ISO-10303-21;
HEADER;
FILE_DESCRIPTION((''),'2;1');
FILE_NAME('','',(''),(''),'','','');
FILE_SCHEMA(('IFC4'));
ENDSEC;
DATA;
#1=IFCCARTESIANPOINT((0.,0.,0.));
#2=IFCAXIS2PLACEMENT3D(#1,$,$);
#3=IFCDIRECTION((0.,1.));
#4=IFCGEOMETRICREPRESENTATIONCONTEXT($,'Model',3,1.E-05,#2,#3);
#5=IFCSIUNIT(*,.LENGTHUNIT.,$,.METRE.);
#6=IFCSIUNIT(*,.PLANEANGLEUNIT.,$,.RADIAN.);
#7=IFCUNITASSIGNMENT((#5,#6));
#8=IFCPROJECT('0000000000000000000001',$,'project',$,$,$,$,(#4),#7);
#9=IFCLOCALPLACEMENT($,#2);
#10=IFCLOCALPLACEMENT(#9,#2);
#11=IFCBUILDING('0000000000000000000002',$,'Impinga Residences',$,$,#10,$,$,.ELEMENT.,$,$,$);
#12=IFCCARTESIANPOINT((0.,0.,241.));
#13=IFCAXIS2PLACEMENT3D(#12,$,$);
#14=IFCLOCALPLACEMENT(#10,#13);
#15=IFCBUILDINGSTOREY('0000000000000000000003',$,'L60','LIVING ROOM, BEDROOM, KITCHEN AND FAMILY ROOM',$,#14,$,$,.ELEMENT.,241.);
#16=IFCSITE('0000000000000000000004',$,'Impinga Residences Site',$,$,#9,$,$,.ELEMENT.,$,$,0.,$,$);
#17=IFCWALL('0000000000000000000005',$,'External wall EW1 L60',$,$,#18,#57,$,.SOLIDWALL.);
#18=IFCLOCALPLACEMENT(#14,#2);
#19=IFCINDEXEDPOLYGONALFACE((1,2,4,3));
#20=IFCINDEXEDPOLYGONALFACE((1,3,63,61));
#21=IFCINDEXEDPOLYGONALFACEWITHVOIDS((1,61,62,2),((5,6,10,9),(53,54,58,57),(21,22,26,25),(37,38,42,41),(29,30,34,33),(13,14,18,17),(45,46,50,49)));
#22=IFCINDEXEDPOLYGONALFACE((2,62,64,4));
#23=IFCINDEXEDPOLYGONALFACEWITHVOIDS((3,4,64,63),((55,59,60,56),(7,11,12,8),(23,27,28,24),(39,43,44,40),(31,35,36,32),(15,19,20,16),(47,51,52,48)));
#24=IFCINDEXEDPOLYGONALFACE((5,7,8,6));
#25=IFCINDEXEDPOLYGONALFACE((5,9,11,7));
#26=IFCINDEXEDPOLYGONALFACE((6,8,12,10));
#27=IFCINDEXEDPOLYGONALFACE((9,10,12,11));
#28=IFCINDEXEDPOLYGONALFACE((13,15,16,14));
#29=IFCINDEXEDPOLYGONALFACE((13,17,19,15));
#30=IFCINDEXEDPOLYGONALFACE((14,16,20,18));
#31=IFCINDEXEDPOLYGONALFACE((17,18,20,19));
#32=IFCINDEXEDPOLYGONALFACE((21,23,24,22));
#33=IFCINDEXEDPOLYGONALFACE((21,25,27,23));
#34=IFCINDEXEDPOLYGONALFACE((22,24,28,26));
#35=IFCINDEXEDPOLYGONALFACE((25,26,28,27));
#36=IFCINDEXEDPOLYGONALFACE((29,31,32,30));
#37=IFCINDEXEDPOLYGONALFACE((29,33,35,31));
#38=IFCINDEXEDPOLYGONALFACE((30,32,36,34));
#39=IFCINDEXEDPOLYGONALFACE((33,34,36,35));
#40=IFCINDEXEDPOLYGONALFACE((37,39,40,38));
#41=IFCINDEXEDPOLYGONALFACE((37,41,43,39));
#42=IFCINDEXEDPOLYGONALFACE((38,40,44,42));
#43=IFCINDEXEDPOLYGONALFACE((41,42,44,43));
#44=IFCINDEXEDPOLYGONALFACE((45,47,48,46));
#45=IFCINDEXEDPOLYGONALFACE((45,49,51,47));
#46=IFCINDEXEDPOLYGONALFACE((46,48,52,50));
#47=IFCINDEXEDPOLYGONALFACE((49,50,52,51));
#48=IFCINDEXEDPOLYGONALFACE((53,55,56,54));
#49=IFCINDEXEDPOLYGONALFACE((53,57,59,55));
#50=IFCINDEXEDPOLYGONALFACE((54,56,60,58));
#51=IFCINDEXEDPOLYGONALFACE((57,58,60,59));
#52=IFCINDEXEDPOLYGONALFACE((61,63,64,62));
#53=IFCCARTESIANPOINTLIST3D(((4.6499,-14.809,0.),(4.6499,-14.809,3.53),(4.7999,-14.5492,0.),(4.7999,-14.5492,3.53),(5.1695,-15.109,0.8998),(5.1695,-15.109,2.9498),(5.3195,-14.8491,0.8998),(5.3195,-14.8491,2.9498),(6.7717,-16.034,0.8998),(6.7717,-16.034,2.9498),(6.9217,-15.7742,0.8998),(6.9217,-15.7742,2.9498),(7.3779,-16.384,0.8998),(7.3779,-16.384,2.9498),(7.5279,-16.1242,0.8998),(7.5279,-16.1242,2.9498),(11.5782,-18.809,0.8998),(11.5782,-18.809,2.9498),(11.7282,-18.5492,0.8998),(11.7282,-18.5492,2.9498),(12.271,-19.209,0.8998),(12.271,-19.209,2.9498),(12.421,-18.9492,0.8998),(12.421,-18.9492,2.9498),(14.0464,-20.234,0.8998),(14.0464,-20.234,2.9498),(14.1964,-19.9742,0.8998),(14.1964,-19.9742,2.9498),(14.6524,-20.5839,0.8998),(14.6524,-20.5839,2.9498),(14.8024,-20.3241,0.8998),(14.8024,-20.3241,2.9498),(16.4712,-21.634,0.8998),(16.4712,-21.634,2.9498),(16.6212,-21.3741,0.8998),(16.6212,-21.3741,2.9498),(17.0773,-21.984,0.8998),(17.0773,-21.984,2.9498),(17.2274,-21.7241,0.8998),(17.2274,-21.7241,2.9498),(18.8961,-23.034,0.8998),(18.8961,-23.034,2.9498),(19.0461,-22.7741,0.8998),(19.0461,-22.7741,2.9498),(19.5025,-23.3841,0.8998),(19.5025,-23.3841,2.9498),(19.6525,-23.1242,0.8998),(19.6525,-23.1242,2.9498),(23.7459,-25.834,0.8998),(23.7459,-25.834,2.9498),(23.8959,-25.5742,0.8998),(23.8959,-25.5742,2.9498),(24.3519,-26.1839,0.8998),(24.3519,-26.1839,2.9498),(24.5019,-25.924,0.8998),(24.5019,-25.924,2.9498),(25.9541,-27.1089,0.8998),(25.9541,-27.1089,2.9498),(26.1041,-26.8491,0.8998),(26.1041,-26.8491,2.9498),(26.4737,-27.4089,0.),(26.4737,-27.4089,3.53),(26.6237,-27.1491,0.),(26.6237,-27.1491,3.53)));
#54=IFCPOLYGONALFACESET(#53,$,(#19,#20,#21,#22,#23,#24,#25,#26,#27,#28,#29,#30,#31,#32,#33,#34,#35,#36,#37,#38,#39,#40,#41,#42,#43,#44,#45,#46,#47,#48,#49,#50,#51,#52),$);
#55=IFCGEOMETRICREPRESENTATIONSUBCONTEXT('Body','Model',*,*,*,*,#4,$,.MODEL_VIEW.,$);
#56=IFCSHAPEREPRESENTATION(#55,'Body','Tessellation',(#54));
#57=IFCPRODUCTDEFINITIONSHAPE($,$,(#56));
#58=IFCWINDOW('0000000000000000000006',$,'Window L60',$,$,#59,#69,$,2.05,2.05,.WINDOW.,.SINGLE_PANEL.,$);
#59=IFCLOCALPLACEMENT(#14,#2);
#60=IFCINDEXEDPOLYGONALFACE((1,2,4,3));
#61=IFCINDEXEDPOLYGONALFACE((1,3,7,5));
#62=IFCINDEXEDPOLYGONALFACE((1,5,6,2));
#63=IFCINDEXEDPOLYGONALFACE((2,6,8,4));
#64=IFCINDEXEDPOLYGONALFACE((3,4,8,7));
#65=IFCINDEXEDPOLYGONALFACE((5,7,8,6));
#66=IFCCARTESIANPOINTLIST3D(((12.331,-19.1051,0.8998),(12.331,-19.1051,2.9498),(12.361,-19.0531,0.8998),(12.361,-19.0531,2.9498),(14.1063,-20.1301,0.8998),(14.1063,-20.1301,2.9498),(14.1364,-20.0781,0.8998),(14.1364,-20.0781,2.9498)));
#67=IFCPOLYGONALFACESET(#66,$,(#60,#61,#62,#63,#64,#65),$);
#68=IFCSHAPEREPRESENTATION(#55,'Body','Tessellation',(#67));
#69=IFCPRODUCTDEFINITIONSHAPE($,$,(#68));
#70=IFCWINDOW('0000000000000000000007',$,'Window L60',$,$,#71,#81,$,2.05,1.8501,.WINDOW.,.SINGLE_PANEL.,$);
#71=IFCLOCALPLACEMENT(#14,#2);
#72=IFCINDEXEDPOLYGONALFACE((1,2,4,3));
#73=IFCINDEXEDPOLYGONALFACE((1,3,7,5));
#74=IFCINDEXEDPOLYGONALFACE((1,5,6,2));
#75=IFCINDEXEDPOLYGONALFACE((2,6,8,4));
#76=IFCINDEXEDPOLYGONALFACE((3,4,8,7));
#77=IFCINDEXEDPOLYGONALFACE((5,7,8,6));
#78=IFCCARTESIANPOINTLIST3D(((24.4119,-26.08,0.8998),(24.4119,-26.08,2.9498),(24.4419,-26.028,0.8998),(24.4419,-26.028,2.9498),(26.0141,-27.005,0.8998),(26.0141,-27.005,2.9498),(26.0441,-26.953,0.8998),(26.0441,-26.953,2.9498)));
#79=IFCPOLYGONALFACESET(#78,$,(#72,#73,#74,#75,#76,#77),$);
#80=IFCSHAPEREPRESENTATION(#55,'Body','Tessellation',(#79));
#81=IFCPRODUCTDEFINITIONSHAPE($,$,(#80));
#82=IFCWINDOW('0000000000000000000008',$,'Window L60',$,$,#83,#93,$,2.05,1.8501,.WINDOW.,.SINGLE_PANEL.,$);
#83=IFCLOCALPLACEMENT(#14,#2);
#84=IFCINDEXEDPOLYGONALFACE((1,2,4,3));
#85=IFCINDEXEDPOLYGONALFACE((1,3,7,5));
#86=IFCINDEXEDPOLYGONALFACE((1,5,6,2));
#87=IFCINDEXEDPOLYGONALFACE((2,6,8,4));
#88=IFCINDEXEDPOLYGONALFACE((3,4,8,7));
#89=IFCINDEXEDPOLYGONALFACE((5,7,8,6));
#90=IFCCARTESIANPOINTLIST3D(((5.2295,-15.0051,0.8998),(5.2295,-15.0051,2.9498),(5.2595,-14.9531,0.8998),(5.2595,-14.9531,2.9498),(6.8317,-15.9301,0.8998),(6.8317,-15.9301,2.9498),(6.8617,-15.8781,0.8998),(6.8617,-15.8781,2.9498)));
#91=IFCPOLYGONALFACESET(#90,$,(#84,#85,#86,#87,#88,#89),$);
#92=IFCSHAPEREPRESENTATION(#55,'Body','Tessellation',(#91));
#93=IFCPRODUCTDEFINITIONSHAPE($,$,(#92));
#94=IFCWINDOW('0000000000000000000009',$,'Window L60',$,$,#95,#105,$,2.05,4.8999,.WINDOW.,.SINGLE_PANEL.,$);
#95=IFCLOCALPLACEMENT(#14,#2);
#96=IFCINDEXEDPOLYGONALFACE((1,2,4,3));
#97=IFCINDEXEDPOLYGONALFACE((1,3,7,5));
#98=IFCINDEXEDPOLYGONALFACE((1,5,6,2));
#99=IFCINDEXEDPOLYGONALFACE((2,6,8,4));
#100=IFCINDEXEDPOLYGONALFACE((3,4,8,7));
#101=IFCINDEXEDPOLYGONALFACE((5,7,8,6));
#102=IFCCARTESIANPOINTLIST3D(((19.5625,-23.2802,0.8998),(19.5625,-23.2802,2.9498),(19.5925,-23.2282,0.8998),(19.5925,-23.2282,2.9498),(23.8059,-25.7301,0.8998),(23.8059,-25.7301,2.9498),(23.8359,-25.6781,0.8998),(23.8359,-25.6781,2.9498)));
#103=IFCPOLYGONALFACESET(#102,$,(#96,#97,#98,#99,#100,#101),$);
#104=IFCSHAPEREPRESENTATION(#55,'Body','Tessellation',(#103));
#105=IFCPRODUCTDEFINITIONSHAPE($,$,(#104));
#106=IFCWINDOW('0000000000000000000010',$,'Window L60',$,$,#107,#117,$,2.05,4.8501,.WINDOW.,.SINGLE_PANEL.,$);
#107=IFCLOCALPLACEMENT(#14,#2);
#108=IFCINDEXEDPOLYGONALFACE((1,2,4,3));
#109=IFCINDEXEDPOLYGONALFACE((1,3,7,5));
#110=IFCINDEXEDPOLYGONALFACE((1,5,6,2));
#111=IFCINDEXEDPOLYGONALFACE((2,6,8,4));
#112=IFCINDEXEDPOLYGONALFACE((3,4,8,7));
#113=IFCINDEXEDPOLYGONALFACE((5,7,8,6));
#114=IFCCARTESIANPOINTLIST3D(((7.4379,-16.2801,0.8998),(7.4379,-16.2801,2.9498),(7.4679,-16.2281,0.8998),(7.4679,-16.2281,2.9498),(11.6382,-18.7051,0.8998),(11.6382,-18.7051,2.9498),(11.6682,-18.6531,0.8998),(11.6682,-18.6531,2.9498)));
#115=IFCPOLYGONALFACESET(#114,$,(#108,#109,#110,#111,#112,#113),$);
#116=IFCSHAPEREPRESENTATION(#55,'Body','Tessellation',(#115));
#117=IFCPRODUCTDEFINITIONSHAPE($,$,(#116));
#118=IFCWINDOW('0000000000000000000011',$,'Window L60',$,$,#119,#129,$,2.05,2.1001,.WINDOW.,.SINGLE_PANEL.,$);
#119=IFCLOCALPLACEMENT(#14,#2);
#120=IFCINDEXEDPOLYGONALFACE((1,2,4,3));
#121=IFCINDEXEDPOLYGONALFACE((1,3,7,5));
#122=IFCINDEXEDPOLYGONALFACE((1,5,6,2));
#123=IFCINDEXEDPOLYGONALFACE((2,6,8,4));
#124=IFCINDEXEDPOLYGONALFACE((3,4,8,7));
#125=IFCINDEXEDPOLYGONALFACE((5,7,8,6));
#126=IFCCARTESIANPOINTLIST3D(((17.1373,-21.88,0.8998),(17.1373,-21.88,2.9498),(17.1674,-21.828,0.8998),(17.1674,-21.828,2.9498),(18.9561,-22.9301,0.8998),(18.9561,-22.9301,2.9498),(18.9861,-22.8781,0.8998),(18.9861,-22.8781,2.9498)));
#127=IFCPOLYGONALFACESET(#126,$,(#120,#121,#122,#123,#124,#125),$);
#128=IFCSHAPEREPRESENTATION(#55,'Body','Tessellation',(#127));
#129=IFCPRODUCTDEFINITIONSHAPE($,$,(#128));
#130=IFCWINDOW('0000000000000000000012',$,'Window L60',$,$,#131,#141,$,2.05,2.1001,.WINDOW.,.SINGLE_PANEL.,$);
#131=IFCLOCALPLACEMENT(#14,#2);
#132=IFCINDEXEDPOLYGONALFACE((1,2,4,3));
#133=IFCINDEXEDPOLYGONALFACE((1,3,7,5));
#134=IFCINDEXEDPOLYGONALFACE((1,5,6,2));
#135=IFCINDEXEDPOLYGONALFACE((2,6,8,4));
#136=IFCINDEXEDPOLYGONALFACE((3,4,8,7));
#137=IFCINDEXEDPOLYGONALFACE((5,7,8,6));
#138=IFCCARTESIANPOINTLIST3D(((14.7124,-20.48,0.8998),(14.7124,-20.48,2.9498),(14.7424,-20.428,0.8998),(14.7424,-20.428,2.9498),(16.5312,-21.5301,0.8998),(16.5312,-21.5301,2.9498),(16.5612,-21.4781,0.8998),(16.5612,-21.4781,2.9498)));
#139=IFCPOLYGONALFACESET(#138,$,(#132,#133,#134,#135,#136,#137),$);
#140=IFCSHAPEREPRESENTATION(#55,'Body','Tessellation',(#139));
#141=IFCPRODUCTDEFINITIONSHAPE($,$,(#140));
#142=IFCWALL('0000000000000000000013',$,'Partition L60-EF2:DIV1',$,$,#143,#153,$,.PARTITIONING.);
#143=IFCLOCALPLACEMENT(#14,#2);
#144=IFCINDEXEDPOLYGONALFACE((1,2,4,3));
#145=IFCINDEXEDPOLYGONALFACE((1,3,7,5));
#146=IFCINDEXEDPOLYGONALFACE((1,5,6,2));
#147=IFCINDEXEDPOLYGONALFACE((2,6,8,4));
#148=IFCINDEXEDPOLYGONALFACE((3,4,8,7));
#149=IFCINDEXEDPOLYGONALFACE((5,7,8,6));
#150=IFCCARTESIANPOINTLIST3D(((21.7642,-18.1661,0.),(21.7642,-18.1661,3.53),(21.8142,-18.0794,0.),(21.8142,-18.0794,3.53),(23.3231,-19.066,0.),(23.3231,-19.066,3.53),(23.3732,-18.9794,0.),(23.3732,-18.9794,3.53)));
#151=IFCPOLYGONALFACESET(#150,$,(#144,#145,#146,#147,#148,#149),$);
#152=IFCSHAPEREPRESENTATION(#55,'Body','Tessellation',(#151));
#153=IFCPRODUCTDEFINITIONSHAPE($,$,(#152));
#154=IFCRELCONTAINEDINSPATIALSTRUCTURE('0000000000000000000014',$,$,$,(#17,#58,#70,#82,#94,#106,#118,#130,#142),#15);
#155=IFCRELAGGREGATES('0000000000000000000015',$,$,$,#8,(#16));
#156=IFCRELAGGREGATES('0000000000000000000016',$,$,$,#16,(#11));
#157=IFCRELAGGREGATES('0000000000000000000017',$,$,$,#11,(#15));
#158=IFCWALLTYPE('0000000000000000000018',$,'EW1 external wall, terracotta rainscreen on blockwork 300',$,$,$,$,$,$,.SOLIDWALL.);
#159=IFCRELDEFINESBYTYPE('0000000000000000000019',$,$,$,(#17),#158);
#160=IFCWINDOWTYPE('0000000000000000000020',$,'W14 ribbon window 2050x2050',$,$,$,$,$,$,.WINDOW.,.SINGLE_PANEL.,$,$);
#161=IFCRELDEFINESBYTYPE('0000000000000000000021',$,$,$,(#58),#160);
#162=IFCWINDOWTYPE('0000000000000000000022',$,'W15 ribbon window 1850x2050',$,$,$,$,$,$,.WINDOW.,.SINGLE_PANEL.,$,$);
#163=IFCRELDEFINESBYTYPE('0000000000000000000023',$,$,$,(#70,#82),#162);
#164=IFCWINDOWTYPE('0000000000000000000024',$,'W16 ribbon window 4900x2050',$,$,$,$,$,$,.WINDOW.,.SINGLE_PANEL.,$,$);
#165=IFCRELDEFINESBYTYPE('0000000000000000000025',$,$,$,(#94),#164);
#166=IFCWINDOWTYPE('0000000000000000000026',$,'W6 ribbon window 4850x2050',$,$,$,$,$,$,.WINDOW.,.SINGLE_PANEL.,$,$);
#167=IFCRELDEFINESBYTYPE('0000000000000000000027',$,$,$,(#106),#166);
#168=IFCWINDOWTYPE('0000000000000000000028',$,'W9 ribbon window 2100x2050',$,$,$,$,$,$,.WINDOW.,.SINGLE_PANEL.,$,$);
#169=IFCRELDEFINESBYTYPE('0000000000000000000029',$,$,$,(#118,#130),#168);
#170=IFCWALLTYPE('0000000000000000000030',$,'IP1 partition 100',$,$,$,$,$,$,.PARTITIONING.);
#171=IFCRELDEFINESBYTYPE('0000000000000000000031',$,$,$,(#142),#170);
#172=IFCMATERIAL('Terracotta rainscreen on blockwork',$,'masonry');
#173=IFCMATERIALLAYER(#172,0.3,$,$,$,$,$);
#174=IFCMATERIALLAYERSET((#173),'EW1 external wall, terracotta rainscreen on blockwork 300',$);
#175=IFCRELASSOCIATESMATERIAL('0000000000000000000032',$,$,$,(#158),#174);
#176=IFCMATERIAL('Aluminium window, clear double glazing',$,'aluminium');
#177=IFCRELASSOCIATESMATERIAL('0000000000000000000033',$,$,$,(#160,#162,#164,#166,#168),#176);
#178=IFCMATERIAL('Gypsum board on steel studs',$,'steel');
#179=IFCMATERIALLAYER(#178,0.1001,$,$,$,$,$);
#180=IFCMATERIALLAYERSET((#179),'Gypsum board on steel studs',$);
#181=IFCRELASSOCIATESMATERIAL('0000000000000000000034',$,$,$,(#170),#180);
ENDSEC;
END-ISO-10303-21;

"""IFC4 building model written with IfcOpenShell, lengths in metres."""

from ifc_helpers import new_model, si_unit, direction, frame, frame_2d, origin, place, context, subcontext, project, spatial, rectangle, extrude, material, layer, layer_set, type_object, element, fill, save


model = new_model("IFC4")

# Units and contexts
model_context = context("Model", 3, precision=1e-05, world=origin(), true_north=direction((0.0, 1.0)))
body_context = subcontext(model_context, "Body", "Model", "MODEL_VIEW")
ifc_project = project(units=[si_unit("LENGTHUNIT", "METRE"), si_unit("PLANEANGLEUNIT", "RADIAN")], contexts=[model_context])

# Site, building, storey
site_placement = place(None, origin())
site = spatial("IfcSite", under=ifc_project, at=site_placement, Name="Impinga Residences Site", CompositionType="ELEMENT", RefElevation=0.0)
building_placement = place(site_placement, origin())
building = spatial("IfcBuilding", under=site, at=building_placement, Name="Impinga Residences", CompositionType="ELEMENT")
storey_placement = place(building_placement, frame((0.0, 0.0, 241.0)))
storey = spatial("IfcBuildingStorey", under=building, at=storey_placement, Name="L60", Description="LIVING ROOM, BEDROOM, KITCHEN AND FAMILY ROOM", CompositionType="ELEMENT", Elevation=241.0)

# Shared definitions
ifc_material_1 = material(Name="Terracotta rainscreen on blockwork", Category="masonry")
ifc_layer_1 = layer(ifc_material_1, 0.3)
ifc_layer_set_1 = layer_set([ifc_layer_1], Name="EW1 external wall, terracotta rainscreen on blockwork 300")
wall_type_1 = type_object("IfcWallType", Name="EW1 external wall, terracotta rainscreen on blockwork 300", PredefinedType="SOLIDWALL", material=ifc_layer_set_1)

# Wall, openings, windows
wall_1_placement = place(storey_placement, frame((26.5488, -27.2791, 0.0), z_axis=(0.0, 0.0, 1.0), x_axis=(-0.866027, 0.499998, 0.0)))
wall_1 = element("IfcWall", 1, at=wall_1_placement, inside=storey, type_object=wall_type_1, Name="External wall EW1 L60", PredefinedType="SOLIDWALL", context=body_context, shape_type="SweptSolid", body=[
    extrude(rectangle(XDim=25.2, YDim=0.3, at=frame_2d((12.6001, 0.0))), origin(), (0.0, 0.0, 1.0), 3.53),
])
opening_1_placement = place(wall_1_placement, frame((0.6001, 0.0, 0.8999)))
opening_1 = element("IfcOpeningElement", 2, at=opening_1_placement, cuts=wall_1, PredefinedType="OPENING", context=body_context, shape_type="SweptSolid", body=[
    extrude(rectangle(XDim=1.8501, YDim=2.05, at=frame_2d((0.925, 1.0249))), frame((0.0, 0.1599, 0.0), z_axis=(0.0, -1.0, 0.0), x_axis=(1.0, 0.0, 0.0)), (0.0, 0.0, 1.0), 0.3201),
])
opening_2_placement = place(wall_1_placement, frame((3.1499, 0.0, 0.8999)))
opening_2 = element("IfcOpeningElement", 3, at=opening_2_placement, cuts=wall_1, PredefinedType="OPENING", context=body_context, shape_type="SweptSolid", body=[
    extrude(rectangle(XDim=4.8999, YDim=2.05, at=frame_2d((2.45, 1.0249))), frame((0.0, 0.1599, 0.0), z_axis=(0.0, -1.0, 0.0), x_axis=(1.0, 0.0, 0.0)), (0.0, 0.0, 1.0), 0.3201),
])
opening_3_placement = place(wall_1_placement, frame((8.75, 0.0, 0.8999)))
opening_3 = element("IfcOpeningElement", 4, at=opening_3_placement, cuts=wall_1, PredefinedType="OPENING", context=body_context, shape_type="SweptSolid", body=[
    extrude(rectangle(XDim=2.1001, YDim=2.05, at=frame_2d((1.05, 1.0249))), frame((0.0, 0.1599, 0.0), z_axis=(0.0, -1.0, 0.0), x_axis=(1.0, 0.0, 0.0)), (0.0, 0.0, 1.0), 0.3201),
])
opening_4_placement = place(wall_1_placement, frame((11.55, 0.0, 0.8999)))
opening_4 = element("IfcOpeningElement", 5, at=opening_4_placement, cuts=wall_1, PredefinedType="OPENING", context=body_context, shape_type="SweptSolid", body=[
    extrude(rectangle(XDim=2.1001, YDim=2.05, at=frame_2d((1.05, 1.0249))), frame((0.0, 0.1599, 0.0), z_axis=(0.0, -1.0, 0.0), x_axis=(1.0, 0.0, 0.0)), (0.0, 0.0, 1.0), 0.3201),
])
opening_5_placement = place(wall_1_placement, frame((14.3501, 0.0, 0.8999)))
opening_5 = element("IfcOpeningElement", 6, at=opening_5_placement, cuts=wall_1, PredefinedType="OPENING", context=body_context, shape_type="SweptSolid", body=[
    extrude(rectangle(XDim=2.05, YDim=2.05, at=frame_2d((1.0249, 1.0249))), frame((0.0, 0.1599, 0.0), z_axis=(0.0, -1.0, 0.0), x_axis=(1.0, 0.0, 0.0)), (0.0, 0.0, 1.0), 0.3201),
])
opening_6_placement = place(wall_1_placement, frame((17.2, 0.0, 0.8999)))
opening_6 = element("IfcOpeningElement", 7, at=opening_6_placement, cuts=wall_1, PredefinedType="OPENING", context=body_context, shape_type="SweptSolid", body=[
    extrude(rectangle(XDim=4.8501, YDim=2.05, at=frame_2d((2.425, 1.0249))), frame((0.0, 0.1599, 0.0), z_axis=(0.0, -1.0, 0.0), x_axis=(1.0, 0.0, 0.0)), (0.0, 0.0, 1.0), 0.3201),
])
opening_7_placement = place(wall_1_placement, frame((22.75, 0.0, 0.8999)))
opening_7 = element("IfcOpeningElement", 8, at=opening_7_placement, cuts=wall_1, PredefinedType="OPENING", context=body_context, shape_type="SweptSolid", body=[
    extrude(rectangle(XDim=1.8501, YDim=2.05, at=frame_2d((0.925, 1.0249))), frame((0.0, 0.1599, 0.0), z_axis=(0.0, -1.0, 0.0), x_axis=(1.0, 0.0, 0.0)), (0.0, 0.0, 1.0), 0.3201),
])
ifc_material_2 = material(Name="Aluminium window, clear double glazing", Category="aluminium")
window_type_1 = type_object("IfcWindowType", Name="W14 ribbon window 2050x2050", PartitioningType="SINGLE_PANEL", PredefinedType="WINDOW", material=ifc_material_2)
window_1_placement = place(opening_5_placement, origin())
window_1 = element("IfcWindow", 9, at=window_1_placement, inside=storey, type_object=window_type_1, Name="Window L60", OverallHeight=2.05, OverallWidth=2.05, PartitioningType="SINGLE_PANEL", PredefinedType="WINDOW", context=body_context, shape_type="SweptSolid", body=[
    extrude(rectangle(XDim=2.05, YDim=2.05, at=frame_2d((1.0249, 1.0249))), frame((0.0, 0.03, 0.0), z_axis=(0.0, -1.0, 0.0), x_axis=(1.0, 0.0, 0.0)), (0.0, 0.0, 1.0), 0.0601),
])
fill(opening_5, window_1)
window_type_2 = type_object("IfcWindowType", Name="W15 ribbon window 1850x2050", PartitioningType="SINGLE_PANEL", PredefinedType="WINDOW", material=ifc_material_2)
window_2_placement = place(opening_1_placement, origin())
window_2 = element("IfcWindow", 10, at=window_2_placement, inside=storey, type_object=window_type_2, Name="Window L60", OverallHeight=2.05, OverallWidth=1.8501, PartitioningType="SINGLE_PANEL", PredefinedType="WINDOW", context=body_context, shape_type="SweptSolid", body=[
    extrude(rectangle(XDim=1.8501, YDim=2.05, at=frame_2d((0.925, 1.0249))), frame((0.0, 0.03, 0.0), z_axis=(0.0, -1.0, 0.0), x_axis=(1.0, 0.0, 0.0)), (0.0, 0.0, 1.0), 0.0601),
])
fill(opening_1, window_2)
window_3_placement = place(opening_7_placement, origin())
window_3 = element("IfcWindow", 11, at=window_3_placement, inside=storey, type_object=window_type_2, Name="Window L60", OverallHeight=2.05, OverallWidth=1.8501, PartitioningType="SINGLE_PANEL", PredefinedType="WINDOW", context=body_context, shape_type="SweptSolid", body=[
    extrude(rectangle(XDim=1.8501, YDim=2.05, at=frame_2d((0.925, 1.0249))), frame((0.0, 0.03, 0.0), z_axis=(0.0, -1.0, 0.0), x_axis=(1.0, 0.0, 0.0)), (0.0, 0.0, 1.0), 0.0601),
])
fill(opening_7, window_3)
window_type_3 = type_object("IfcWindowType", Name="W16 ribbon window 4900x2050", PartitioningType="SINGLE_PANEL", PredefinedType="WINDOW", material=ifc_material_2)
window_4_placement = place(opening_2_placement, origin())
window_4 = element("IfcWindow", 12, at=window_4_placement, inside=storey, type_object=window_type_3, Name="Window L60", OverallHeight=2.05, OverallWidth=4.8999, PartitioningType="SINGLE_PANEL", PredefinedType="WINDOW", context=body_context, shape_type="SweptSolid", body=[
    extrude(rectangle(XDim=4.8999, YDim=2.05, at=frame_2d((2.45, 1.0249))), frame((0.0, 0.03, 0.0), z_axis=(0.0, -1.0, 0.0), x_axis=(1.0, 0.0, 0.0)), (0.0, 0.0, 1.0), 0.0601),
])
fill(opening_2, window_4)
window_type_4 = type_object("IfcWindowType", Name="W6 ribbon window 4850x2050", PartitioningType="SINGLE_PANEL", PredefinedType="WINDOW", material=ifc_material_2)
window_5_placement = place(opening_6_placement, origin())
window_5 = element("IfcWindow", 13, at=window_5_placement, inside=storey, type_object=window_type_4, Name="Window L60", OverallHeight=2.05, OverallWidth=4.8501, PartitioningType="SINGLE_PANEL", PredefinedType="WINDOW", context=body_context, shape_type="SweptSolid", body=[
    extrude(rectangle(XDim=4.8501, YDim=2.05, at=frame_2d((2.425, 1.0249))), frame((0.0, 0.03, 0.0), z_axis=(0.0, -1.0, 0.0), x_axis=(1.0, 0.0, 0.0)), (0.0, 0.0, 1.0), 0.0601),
])
fill(opening_6, window_5)
window_type_5 = type_object("IfcWindowType", Name="W9 ribbon window 2100x2050", PartitioningType="SINGLE_PANEL", PredefinedType="WINDOW", material=ifc_material_2)
window_6_placement = place(opening_3_placement, origin())
window_6 = element("IfcWindow", 14, at=window_6_placement, inside=storey, type_object=window_type_5, Name="Window L60", OverallHeight=2.05, OverallWidth=2.1001, PartitioningType="SINGLE_PANEL", PredefinedType="WINDOW", context=body_context, shape_type="SweptSolid", body=[
    extrude(rectangle(XDim=2.1001, YDim=2.05, at=frame_2d((1.05, 1.0249))), frame((0.0, 0.03, 0.0), z_axis=(0.0, -1.0, 0.0), x_axis=(1.0, 0.0, 0.0)), (0.0, 0.0, 1.0), 0.0601),
])
fill(opening_3, window_6)
window_7_placement = place(opening_4_placement, origin())
window_7 = element("IfcWindow", 15, at=window_7_placement, inside=storey, type_object=window_type_5, Name="Window L60", OverallHeight=2.05, OverallWidth=2.1001, PartitioningType="SINGLE_PANEL", PredefinedType="WINDOW", context=body_context, shape_type="SweptSolid", body=[
    extrude(rectangle(XDim=2.1001, YDim=2.05, at=frame_2d((1.05, 1.0249))), frame((0.0, 0.03, 0.0), z_axis=(0.0, -1.0, 0.0), x_axis=(1.0, 0.0, 0.0)), (0.0, 0.0, 1.0), 0.0601),
])
fill(opening_4, window_7)

# Wall
ifc_material_3 = material(Name="Gypsum board on steel studs", Category="steel")
ifc_layer_2 = layer(ifc_material_3, 0.1001)
ifc_layer_set_2 = layer_set([ifc_layer_2], Name="Gypsum board on steel studs")
wall_type_2 = type_object("IfcWallType", Name="IP1 partition 100", PredefinedType="PARTITIONING", material=ifc_layer_set_2)
wall_2_placement = place(storey_placement, frame((21.7893, -18.1228, 0.0), z_axis=(0.0, 0.0, 1.0), x_axis=(0.866048, -0.499961, 0.0)))
element("IfcWall", 16, at=wall_2_placement, inside=storey, type_object=wall_type_2, Name="Partition L60-EF2:DIV1", PredefinedType="PARTITIONING", context=body_context, shape_type="SweptSolid", body=[
    extrude(rectangle(XDim=1.8, YDim=0.1001, at=frame_2d((0.8999, 0.0))), origin(), (0.0, 0.0, 1.0), 3.53),
])

save(model, "model.ifc")
